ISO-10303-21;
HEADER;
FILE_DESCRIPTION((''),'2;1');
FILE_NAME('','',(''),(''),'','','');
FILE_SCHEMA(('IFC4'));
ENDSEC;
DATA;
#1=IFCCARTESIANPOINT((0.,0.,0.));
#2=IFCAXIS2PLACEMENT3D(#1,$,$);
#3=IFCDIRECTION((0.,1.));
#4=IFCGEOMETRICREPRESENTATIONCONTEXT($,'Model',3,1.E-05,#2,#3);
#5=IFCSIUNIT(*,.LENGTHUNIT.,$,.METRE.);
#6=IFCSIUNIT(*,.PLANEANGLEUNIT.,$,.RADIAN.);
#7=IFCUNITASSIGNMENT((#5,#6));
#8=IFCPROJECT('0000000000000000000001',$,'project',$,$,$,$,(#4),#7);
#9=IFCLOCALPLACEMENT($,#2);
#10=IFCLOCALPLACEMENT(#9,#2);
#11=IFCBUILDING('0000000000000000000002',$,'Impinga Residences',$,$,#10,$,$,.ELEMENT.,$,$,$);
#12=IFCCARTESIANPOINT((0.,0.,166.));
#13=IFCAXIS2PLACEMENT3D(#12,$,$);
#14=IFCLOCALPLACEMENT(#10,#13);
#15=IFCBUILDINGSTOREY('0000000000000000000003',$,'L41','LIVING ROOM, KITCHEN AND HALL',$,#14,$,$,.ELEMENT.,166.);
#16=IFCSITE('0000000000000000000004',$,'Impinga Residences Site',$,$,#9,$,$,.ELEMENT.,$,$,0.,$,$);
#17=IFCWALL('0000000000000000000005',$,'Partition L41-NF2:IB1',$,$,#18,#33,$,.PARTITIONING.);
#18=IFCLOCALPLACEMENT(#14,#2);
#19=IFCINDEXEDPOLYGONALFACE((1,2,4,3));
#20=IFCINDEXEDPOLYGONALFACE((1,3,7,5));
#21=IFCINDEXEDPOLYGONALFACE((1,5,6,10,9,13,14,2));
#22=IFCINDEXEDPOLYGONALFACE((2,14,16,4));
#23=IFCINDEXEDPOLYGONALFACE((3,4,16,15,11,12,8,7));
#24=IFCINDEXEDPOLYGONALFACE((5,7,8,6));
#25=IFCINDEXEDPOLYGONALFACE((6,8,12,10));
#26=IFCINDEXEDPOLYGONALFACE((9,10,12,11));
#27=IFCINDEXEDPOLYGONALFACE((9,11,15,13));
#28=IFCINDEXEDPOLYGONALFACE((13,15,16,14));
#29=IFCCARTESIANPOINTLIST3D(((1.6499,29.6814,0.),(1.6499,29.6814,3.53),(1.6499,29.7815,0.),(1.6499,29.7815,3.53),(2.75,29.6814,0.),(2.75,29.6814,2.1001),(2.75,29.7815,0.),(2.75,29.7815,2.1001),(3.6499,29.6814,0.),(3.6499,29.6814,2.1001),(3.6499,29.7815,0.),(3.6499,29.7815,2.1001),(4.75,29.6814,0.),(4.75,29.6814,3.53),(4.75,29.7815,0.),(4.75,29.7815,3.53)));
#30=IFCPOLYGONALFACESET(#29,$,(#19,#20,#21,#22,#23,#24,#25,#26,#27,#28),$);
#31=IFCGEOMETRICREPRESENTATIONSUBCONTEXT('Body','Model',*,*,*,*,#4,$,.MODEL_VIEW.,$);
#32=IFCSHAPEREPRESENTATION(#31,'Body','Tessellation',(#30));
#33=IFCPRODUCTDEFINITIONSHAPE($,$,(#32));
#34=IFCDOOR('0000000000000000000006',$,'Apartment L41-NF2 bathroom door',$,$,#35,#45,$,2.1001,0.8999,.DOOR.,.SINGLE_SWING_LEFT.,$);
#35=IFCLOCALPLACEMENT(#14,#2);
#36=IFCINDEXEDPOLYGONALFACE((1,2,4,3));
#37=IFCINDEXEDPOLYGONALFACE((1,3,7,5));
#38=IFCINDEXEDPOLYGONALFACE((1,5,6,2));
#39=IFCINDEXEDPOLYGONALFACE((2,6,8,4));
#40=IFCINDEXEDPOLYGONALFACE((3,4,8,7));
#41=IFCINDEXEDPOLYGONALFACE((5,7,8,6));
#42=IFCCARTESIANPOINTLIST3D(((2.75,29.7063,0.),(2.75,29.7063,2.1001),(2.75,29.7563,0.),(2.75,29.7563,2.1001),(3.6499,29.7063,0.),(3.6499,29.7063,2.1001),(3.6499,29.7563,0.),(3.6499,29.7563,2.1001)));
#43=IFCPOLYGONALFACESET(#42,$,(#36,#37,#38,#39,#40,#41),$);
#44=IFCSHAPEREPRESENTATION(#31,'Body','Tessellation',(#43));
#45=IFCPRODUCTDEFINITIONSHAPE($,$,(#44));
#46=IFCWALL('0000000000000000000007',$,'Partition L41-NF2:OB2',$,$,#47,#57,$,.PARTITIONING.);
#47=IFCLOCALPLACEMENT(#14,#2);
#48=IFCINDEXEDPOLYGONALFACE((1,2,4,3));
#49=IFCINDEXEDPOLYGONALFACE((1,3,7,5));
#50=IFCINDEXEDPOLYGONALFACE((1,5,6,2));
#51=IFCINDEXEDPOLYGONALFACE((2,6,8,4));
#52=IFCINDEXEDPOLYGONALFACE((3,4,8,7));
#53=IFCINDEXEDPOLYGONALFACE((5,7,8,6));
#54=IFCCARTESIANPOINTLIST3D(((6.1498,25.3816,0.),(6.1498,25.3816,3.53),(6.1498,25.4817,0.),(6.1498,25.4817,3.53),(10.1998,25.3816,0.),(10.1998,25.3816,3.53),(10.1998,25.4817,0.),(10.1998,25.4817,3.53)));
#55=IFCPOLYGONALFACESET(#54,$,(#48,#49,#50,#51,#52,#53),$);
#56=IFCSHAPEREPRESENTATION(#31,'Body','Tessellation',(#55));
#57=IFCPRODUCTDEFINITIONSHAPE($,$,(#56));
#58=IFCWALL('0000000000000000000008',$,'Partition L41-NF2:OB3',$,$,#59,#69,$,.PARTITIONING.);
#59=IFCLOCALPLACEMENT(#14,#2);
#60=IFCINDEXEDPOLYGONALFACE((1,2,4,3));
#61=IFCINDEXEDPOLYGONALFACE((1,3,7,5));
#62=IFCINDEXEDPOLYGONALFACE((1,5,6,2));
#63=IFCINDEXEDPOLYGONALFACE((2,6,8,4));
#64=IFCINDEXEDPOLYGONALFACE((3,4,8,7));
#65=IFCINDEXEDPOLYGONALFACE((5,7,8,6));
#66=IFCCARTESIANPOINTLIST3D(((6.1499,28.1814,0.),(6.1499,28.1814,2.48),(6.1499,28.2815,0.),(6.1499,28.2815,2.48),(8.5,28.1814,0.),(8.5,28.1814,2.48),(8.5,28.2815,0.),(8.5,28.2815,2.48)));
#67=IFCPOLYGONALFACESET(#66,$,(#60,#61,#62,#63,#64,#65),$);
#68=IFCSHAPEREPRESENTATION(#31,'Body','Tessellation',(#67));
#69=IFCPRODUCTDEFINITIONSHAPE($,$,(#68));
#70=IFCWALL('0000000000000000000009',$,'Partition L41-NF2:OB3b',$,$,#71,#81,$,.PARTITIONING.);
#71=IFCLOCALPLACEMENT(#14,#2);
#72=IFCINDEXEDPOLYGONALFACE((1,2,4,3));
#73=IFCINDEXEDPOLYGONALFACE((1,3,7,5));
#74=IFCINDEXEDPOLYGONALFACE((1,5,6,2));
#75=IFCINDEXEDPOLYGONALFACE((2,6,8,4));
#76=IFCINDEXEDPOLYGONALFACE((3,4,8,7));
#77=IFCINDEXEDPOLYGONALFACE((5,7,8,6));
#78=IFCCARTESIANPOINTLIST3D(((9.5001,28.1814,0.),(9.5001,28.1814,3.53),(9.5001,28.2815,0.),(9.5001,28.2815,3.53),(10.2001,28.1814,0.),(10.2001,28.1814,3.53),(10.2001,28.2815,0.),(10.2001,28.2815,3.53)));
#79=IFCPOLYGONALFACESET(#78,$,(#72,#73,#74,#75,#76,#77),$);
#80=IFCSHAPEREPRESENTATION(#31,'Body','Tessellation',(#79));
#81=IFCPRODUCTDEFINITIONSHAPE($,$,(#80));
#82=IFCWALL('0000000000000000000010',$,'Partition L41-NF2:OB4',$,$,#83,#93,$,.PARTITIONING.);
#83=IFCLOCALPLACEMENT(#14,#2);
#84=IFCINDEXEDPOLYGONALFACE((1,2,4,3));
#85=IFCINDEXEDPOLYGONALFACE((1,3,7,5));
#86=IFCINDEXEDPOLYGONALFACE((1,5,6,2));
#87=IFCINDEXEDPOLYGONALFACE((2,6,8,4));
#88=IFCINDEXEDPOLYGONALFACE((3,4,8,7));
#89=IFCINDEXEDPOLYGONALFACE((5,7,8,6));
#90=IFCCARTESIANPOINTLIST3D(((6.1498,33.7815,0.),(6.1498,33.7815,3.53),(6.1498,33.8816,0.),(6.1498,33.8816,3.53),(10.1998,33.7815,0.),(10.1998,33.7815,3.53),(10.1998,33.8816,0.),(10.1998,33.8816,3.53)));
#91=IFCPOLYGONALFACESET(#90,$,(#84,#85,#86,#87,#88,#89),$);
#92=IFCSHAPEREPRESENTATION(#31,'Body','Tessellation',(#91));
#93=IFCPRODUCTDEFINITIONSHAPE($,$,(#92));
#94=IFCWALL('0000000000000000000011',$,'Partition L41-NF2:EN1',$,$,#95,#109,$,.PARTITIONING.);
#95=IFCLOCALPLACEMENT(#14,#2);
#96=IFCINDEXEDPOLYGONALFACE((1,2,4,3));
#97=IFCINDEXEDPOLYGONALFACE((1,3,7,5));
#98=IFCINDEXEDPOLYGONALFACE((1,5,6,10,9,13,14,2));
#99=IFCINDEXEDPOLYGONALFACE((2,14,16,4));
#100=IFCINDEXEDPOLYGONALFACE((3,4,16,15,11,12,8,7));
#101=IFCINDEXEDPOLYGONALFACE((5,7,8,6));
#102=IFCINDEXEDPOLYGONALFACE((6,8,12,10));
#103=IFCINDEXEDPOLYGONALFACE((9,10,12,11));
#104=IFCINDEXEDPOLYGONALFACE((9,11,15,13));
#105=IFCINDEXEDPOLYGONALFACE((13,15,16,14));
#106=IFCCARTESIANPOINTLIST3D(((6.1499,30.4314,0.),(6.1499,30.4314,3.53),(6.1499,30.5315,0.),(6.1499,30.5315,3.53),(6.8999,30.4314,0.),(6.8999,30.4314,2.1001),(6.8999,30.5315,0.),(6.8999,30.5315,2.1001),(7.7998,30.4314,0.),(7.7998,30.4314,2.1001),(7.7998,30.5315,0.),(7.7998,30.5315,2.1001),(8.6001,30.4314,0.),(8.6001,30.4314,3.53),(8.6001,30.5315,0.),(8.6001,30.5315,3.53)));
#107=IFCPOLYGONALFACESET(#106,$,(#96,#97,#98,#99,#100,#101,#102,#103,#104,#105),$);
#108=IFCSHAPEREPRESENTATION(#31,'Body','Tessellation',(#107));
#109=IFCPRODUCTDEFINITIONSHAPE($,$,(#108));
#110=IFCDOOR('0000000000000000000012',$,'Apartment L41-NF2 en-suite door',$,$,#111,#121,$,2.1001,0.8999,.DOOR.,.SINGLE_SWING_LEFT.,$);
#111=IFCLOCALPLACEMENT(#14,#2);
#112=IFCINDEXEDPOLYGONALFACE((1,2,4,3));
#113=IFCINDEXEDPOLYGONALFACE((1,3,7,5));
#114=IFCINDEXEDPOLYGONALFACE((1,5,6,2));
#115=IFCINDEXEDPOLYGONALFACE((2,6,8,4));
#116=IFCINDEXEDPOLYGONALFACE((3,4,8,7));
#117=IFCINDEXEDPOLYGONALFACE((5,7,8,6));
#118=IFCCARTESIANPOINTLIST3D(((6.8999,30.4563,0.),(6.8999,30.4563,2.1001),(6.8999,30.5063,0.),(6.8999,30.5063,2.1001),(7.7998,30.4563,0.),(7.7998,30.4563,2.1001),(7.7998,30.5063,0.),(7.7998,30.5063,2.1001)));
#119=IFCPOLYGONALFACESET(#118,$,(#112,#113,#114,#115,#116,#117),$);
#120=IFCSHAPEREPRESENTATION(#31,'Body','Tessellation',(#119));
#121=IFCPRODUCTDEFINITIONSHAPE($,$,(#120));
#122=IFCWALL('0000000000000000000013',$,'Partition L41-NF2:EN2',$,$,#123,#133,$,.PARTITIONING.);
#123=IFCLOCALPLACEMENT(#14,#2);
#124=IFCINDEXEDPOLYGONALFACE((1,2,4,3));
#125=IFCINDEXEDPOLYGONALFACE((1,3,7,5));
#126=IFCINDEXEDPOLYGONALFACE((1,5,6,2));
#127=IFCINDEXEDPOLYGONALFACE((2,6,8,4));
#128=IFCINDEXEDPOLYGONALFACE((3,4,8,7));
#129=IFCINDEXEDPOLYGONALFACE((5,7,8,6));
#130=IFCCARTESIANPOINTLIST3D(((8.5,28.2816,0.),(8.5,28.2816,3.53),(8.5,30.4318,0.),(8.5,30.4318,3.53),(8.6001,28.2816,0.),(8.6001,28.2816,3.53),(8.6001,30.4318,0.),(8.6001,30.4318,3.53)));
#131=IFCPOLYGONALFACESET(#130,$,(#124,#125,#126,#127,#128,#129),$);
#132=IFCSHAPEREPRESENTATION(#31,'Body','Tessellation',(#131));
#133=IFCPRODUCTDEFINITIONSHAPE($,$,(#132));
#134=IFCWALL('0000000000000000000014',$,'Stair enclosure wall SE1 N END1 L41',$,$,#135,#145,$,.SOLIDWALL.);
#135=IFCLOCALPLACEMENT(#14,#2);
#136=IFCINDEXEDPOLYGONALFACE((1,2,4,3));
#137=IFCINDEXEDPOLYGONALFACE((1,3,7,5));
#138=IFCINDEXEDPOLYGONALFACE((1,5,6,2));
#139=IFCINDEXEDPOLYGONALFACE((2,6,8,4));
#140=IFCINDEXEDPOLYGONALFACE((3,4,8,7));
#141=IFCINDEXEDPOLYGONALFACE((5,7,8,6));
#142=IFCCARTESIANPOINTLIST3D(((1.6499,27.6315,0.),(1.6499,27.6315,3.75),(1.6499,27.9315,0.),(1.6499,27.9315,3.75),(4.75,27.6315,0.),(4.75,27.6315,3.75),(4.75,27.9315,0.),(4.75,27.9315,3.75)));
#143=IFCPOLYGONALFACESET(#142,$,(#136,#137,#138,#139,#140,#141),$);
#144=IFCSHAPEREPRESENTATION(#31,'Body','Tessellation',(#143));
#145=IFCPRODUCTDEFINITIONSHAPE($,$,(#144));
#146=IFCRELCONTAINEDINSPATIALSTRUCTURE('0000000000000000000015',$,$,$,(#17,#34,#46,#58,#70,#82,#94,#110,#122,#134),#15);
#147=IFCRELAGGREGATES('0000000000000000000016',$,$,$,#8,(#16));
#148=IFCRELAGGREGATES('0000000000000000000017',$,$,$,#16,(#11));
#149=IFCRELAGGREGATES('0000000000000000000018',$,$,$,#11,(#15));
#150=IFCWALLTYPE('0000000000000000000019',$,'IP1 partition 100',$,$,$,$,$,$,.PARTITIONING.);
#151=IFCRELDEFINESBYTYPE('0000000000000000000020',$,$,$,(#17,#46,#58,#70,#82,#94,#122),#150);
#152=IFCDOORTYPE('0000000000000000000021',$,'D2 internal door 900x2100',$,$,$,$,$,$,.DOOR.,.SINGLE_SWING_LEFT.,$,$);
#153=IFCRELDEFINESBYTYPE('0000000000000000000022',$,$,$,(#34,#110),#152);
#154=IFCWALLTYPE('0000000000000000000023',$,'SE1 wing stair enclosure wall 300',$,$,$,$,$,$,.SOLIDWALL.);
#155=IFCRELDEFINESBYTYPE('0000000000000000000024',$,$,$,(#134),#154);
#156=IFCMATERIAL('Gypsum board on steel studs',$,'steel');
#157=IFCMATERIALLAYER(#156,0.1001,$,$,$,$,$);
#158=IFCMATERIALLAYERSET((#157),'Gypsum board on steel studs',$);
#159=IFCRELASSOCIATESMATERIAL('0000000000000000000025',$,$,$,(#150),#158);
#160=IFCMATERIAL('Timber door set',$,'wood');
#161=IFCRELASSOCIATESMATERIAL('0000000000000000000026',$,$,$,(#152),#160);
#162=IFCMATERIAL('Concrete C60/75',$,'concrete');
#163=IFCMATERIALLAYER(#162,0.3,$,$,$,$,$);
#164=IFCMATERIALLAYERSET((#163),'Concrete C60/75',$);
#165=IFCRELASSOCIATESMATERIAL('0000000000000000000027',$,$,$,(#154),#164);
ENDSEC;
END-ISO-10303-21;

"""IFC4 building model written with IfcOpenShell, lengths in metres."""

from ifc_helpers import new_model, si_unit, direction, frame, frame_2d, origin, place, context, subcontext, project, spatial, rectangle, extrude, material, layer, layer_set, type_object, element, fill, save


model = new_model("IFC4")

# Units and contexts
model_context = context("Model", 3, precision=1e-05, world=origin(), true_north=direction((0.0, 1.0)))
body_context = subcontext(model_context, "Body", "Model", "MODEL_VIEW")
ifc_project = project(units=[si_unit("LENGTHUNIT", "METRE"), si_unit("PLANEANGLEUNIT", "RADIAN")], contexts=[model_context])

# Site, building, storey
site_placement = place(None, origin())
site = spatial("IfcSite", under=ifc_project, at=site_placement, Name="Impinga Residences Site", CompositionType="ELEMENT", RefElevation=0.0)
building_placement = place(site_placement, origin())
building = spatial("IfcBuilding", under=site, at=building_placement, Name="Impinga Residences", CompositionType="ELEMENT")
storey_placement = place(building_placement, frame((0.0, 0.0, 166.0)))
storey = spatial("IfcBuildingStorey", under=building, at=storey_placement, Name="L41", Description="LIVING ROOM, KITCHEN AND HALL", CompositionType="ELEMENT", Elevation=166.0)

# Shared definitions
ifc_material_1 = material(Name="Concrete C60/75", Category="concrete")

# Shared definitions
ifc_material_2 = material(Name="Gypsum board on steel studs", Category="steel")
ifc_layer_1 = layer(ifc_material_2, 0.1001)
ifc_layer_set_1 = layer_set([ifc_layer_1], Name="Gypsum board on steel studs")
wall_type_1 = type_object("IfcWallType", Name="IP1 partition 100", PredefinedType="PARTITIONING", material=ifc_layer_set_1)

# Wall, opening, door
wall_1_placement = place(storey_placement, frame((1.6499, 29.7314, 0.0), z_axis=(0.0, 0.0, 1.0), x_axis=(1.0, 0.0, 0.0)))
wall_1 = element("IfcWall", 1, at=wall_1_placement, inside=storey, type_object=wall_type_1, Name="Partition L41-NF2:IB1", PredefinedType="PARTITIONING", context=body_context, shape_type="SweptSolid", body=[
    extrude(rectangle(XDim=3.1001, YDim=0.1001, at=frame_2d((1.55, 0.0))), origin(), (0.0, 0.0, 1.0), 3.53),
])
opening_1_placement = place(wall_1_placement, frame((1.1001, 0.0, 0.0)))
opening_1 = element("IfcOpeningElement", 2, at=opening_1_placement, cuts=wall_1, PredefinedType="OPENING", context=body_context, shape_type="SweptSolid", body=[
    extrude(rectangle(XDim=0.8999, YDim=2.1001, at=frame_2d((0.45, 1.05))), frame((0.0, 0.0601, 0.0), z_axis=(0.0, -1.0, 0.0), x_axis=(1.0, 0.0, 0.0)), (0.0, 0.0, 1.0), 0.1201),
])
ifc_material_3 = material(Name="Timber door set", Category="wood")
door_type = type_object("IfcDoorType", Name="D2 internal door 900x2100", OperationType="SINGLE_SWING_LEFT", PredefinedType="DOOR", material=ifc_material_3)
door_1_placement = place(opening_1_placement, origin())
door_1 = element("IfcDoor", 3, at=door_1_placement, inside=storey, type_object=door_type, Name="Apartment L41-NF2 bathroom door", OperationType="SINGLE_SWING_LEFT", OverallHeight=2.1001, OverallWidth=0.8999, PredefinedType="DOOR", context=body_context, shape_type="SweptSolid", body=[
    extrude(rectangle(XDim=0.8999, YDim=2.1001, at=frame_2d((0.45, 1.05))), frame((0.0, 0.0249, 0.0), z_axis=(0.0, -1.0, 0.0), x_axis=(1.0, 0.0, 0.0)), (0.0, 0.0, 1.0), 0.05),
])
fill(opening_1, door_1)

# Walls
wall_2_placement = place(storey_placement, frame((6.1499, 25.4316, 0.0), z_axis=(0.0, 0.0, 1.0), x_axis=(1.0, 0.0, 0.0)))
element("IfcWall", 4, at=wall_2_placement, inside=storey, type_object=wall_type_1, Name="Partition L41-NF2:OB2", PredefinedType="PARTITIONING", context=body_context, shape_type="SweptSolid", body=[
    extrude(rectangle(XDim=4.05, YDim=0.1001, at=frame_2d((2.0249, 0.0))), origin(), (0.0, 0.0, 1.0), 3.53),
])
wall_3_placement = place(storey_placement, frame((6.1499, 28.2314, 0.0), z_axis=(0.0, 0.0, 1.0), x_axis=(1.0, 0.0, 0.0)))
element("IfcWall", 5, at=wall_3_placement, inside=storey, type_object=wall_type_1, Name="Partition L41-NF2:OB3", PredefinedType="PARTITIONING", context=body_context, shape_type="SweptSolid", body=[
    extrude(rectangle(XDim=2.3501, YDim=0.1001, at=frame_2d((1.175, 0.0))), origin(), (0.0, 0.0, 1.0), 2.48),
])
wall_4_placement = place(storey_placement, frame((9.5, 28.2314, 0.0), z_axis=(0.0, 0.0, 1.0), x_axis=(1.0, 0.0, 0.0)))
element("IfcWall", 6, at=wall_4_placement, inside=storey, type_object=wall_type_1, Name="Partition L41-NF2:OB3b", PredefinedType="PARTITIONING", context=body_context, shape_type="SweptSolid", body=[
    extrude(rectangle(XDim=0.7, YDim=0.1001, at=frame_2d((0.3501, 0.0))), origin(), (0.0, 0.0, 1.0), 3.53),
])
wall_5_placement = place(storey_placement, frame((6.1499, 33.8315, 0.0), z_axis=(0.0, 0.0, 1.0), x_axis=(1.0, 0.0, 0.0)))
element("IfcWall", 7, at=wall_5_placement, inside=storey, type_object=wall_type_1, Name="Partition L41-NF2:OB4", PredefinedType="PARTITIONING", context=body_context, shape_type="SweptSolid", body=[
    extrude(rectangle(XDim=4.05, YDim=0.1001, at=frame_2d((2.0249, 0.0))), origin(), (0.0, 0.0, 1.0), 3.53),
])

# Wall, opening, door
wall_6_placement = place(storey_placement, frame((6.1499, 30.4814, 0.0), z_axis=(0.0, 0.0, 1.0), x_axis=(1.0, 0.0, 0.0)))
wall_6 = element("IfcWall", 8, at=wall_6_placement, inside=storey, type_object=wall_type_1, Name="Partition L41-NF2:EN1", PredefinedType="PARTITIONING", context=body_context, shape_type="SweptSolid", body=[
    extrude(rectangle(XDim=2.4502, YDim=0.1001, at=frame_2d((1.2251, 0.0))), origin(), (0.0, 0.0, 1.0), 3.53),
])
opening_2_placement = place(wall_6_placement, frame((0.75, 0.0, 0.0)))
opening_2 = element("IfcOpeningElement", 9, at=opening_2_placement, cuts=wall_6, PredefinedType="OPENING", context=body_context, shape_type="SweptSolid", body=[
    extrude(rectangle(XDim=0.8999, YDim=2.1001, at=frame_2d((0.45, 1.05))), frame((0.0, 0.0601, 0.0), z_axis=(0.0, -1.0, 0.0), x_axis=(1.0, 0.0, 0.0)), (0.0, 0.0, 1.0), 0.1201),
])
door_2_placement = place(opening_2_placement, origin())
door_2 = element("IfcDoor", 10, at=door_2_placement, inside=storey, type_object=door_type, Name="Apartment L41-NF2 en-suite door", OperationType="SINGLE_SWING_LEFT", OverallHeight=2.1001, OverallWidth=0.8999, PredefinedType="DOOR", context=body_context, shape_type="SweptSolid", body=[
    extrude(rectangle(XDim=0.8999, YDim=2.1001, at=frame_2d((0.45, 1.05))), frame((0.0, 0.0249, 0.0), z_axis=(0.0, -1.0, 0.0), x_axis=(1.0, 0.0, 0.0)), (0.0, 0.0, 1.0), 0.05),
])
fill(opening_2, door_2)

# Walls
wall_7_placement = place(storey_placement, frame((8.55, 28.2815, 0.0), z_axis=(0.0, 0.0, 1.0), x_axis=(0.0, 1.0, 0.0)))
element("IfcWall", 11, at=wall_7_placement, inside=storey, type_object=wall_type_1, Name="Partition L41-NF2:EN2", PredefinedType="PARTITIONING", context=body_context, shape_type="SweptSolid", body=[
    extrude(rectangle(XDim=2.1501, YDim=0.1001, at=frame_2d((1.0752, 0.0))), origin(), (0.0, 0.0, 1.0), 3.53),
])
ifc_layer_2 = layer(ifc_material_1, 0.3)
ifc_layer_set_2 = layer_set([ifc_layer_2], Name="Concrete C60/75")
wall_type_2 = type_object("IfcWallType", Name="SE1 wing stair enclosure wall 300", PredefinedType="SOLIDWALL", material=ifc_layer_set_2)
wall_8_placement = place(storey_placement, frame((1.6499, 27.7815, 0.0), z_axis=(0.0, 0.0, 1.0), x_axis=(1.0, 0.0, 0.0)))
element("IfcWall", 12, at=wall_8_placement, inside=storey, type_object=wall_type_2, Name="Stair enclosure wall SE1 N END1 L41", PredefinedType="SOLIDWALL", context=body_context, shape_type="SweptSolid", body=[
    extrude(rectangle(XDim=3.1001, YDim=0.3, at=frame_2d((1.55, 0.0))), origin(), (0.0, 0.0, 1.0), 3.75),
])

save(model, "model.ifc")
